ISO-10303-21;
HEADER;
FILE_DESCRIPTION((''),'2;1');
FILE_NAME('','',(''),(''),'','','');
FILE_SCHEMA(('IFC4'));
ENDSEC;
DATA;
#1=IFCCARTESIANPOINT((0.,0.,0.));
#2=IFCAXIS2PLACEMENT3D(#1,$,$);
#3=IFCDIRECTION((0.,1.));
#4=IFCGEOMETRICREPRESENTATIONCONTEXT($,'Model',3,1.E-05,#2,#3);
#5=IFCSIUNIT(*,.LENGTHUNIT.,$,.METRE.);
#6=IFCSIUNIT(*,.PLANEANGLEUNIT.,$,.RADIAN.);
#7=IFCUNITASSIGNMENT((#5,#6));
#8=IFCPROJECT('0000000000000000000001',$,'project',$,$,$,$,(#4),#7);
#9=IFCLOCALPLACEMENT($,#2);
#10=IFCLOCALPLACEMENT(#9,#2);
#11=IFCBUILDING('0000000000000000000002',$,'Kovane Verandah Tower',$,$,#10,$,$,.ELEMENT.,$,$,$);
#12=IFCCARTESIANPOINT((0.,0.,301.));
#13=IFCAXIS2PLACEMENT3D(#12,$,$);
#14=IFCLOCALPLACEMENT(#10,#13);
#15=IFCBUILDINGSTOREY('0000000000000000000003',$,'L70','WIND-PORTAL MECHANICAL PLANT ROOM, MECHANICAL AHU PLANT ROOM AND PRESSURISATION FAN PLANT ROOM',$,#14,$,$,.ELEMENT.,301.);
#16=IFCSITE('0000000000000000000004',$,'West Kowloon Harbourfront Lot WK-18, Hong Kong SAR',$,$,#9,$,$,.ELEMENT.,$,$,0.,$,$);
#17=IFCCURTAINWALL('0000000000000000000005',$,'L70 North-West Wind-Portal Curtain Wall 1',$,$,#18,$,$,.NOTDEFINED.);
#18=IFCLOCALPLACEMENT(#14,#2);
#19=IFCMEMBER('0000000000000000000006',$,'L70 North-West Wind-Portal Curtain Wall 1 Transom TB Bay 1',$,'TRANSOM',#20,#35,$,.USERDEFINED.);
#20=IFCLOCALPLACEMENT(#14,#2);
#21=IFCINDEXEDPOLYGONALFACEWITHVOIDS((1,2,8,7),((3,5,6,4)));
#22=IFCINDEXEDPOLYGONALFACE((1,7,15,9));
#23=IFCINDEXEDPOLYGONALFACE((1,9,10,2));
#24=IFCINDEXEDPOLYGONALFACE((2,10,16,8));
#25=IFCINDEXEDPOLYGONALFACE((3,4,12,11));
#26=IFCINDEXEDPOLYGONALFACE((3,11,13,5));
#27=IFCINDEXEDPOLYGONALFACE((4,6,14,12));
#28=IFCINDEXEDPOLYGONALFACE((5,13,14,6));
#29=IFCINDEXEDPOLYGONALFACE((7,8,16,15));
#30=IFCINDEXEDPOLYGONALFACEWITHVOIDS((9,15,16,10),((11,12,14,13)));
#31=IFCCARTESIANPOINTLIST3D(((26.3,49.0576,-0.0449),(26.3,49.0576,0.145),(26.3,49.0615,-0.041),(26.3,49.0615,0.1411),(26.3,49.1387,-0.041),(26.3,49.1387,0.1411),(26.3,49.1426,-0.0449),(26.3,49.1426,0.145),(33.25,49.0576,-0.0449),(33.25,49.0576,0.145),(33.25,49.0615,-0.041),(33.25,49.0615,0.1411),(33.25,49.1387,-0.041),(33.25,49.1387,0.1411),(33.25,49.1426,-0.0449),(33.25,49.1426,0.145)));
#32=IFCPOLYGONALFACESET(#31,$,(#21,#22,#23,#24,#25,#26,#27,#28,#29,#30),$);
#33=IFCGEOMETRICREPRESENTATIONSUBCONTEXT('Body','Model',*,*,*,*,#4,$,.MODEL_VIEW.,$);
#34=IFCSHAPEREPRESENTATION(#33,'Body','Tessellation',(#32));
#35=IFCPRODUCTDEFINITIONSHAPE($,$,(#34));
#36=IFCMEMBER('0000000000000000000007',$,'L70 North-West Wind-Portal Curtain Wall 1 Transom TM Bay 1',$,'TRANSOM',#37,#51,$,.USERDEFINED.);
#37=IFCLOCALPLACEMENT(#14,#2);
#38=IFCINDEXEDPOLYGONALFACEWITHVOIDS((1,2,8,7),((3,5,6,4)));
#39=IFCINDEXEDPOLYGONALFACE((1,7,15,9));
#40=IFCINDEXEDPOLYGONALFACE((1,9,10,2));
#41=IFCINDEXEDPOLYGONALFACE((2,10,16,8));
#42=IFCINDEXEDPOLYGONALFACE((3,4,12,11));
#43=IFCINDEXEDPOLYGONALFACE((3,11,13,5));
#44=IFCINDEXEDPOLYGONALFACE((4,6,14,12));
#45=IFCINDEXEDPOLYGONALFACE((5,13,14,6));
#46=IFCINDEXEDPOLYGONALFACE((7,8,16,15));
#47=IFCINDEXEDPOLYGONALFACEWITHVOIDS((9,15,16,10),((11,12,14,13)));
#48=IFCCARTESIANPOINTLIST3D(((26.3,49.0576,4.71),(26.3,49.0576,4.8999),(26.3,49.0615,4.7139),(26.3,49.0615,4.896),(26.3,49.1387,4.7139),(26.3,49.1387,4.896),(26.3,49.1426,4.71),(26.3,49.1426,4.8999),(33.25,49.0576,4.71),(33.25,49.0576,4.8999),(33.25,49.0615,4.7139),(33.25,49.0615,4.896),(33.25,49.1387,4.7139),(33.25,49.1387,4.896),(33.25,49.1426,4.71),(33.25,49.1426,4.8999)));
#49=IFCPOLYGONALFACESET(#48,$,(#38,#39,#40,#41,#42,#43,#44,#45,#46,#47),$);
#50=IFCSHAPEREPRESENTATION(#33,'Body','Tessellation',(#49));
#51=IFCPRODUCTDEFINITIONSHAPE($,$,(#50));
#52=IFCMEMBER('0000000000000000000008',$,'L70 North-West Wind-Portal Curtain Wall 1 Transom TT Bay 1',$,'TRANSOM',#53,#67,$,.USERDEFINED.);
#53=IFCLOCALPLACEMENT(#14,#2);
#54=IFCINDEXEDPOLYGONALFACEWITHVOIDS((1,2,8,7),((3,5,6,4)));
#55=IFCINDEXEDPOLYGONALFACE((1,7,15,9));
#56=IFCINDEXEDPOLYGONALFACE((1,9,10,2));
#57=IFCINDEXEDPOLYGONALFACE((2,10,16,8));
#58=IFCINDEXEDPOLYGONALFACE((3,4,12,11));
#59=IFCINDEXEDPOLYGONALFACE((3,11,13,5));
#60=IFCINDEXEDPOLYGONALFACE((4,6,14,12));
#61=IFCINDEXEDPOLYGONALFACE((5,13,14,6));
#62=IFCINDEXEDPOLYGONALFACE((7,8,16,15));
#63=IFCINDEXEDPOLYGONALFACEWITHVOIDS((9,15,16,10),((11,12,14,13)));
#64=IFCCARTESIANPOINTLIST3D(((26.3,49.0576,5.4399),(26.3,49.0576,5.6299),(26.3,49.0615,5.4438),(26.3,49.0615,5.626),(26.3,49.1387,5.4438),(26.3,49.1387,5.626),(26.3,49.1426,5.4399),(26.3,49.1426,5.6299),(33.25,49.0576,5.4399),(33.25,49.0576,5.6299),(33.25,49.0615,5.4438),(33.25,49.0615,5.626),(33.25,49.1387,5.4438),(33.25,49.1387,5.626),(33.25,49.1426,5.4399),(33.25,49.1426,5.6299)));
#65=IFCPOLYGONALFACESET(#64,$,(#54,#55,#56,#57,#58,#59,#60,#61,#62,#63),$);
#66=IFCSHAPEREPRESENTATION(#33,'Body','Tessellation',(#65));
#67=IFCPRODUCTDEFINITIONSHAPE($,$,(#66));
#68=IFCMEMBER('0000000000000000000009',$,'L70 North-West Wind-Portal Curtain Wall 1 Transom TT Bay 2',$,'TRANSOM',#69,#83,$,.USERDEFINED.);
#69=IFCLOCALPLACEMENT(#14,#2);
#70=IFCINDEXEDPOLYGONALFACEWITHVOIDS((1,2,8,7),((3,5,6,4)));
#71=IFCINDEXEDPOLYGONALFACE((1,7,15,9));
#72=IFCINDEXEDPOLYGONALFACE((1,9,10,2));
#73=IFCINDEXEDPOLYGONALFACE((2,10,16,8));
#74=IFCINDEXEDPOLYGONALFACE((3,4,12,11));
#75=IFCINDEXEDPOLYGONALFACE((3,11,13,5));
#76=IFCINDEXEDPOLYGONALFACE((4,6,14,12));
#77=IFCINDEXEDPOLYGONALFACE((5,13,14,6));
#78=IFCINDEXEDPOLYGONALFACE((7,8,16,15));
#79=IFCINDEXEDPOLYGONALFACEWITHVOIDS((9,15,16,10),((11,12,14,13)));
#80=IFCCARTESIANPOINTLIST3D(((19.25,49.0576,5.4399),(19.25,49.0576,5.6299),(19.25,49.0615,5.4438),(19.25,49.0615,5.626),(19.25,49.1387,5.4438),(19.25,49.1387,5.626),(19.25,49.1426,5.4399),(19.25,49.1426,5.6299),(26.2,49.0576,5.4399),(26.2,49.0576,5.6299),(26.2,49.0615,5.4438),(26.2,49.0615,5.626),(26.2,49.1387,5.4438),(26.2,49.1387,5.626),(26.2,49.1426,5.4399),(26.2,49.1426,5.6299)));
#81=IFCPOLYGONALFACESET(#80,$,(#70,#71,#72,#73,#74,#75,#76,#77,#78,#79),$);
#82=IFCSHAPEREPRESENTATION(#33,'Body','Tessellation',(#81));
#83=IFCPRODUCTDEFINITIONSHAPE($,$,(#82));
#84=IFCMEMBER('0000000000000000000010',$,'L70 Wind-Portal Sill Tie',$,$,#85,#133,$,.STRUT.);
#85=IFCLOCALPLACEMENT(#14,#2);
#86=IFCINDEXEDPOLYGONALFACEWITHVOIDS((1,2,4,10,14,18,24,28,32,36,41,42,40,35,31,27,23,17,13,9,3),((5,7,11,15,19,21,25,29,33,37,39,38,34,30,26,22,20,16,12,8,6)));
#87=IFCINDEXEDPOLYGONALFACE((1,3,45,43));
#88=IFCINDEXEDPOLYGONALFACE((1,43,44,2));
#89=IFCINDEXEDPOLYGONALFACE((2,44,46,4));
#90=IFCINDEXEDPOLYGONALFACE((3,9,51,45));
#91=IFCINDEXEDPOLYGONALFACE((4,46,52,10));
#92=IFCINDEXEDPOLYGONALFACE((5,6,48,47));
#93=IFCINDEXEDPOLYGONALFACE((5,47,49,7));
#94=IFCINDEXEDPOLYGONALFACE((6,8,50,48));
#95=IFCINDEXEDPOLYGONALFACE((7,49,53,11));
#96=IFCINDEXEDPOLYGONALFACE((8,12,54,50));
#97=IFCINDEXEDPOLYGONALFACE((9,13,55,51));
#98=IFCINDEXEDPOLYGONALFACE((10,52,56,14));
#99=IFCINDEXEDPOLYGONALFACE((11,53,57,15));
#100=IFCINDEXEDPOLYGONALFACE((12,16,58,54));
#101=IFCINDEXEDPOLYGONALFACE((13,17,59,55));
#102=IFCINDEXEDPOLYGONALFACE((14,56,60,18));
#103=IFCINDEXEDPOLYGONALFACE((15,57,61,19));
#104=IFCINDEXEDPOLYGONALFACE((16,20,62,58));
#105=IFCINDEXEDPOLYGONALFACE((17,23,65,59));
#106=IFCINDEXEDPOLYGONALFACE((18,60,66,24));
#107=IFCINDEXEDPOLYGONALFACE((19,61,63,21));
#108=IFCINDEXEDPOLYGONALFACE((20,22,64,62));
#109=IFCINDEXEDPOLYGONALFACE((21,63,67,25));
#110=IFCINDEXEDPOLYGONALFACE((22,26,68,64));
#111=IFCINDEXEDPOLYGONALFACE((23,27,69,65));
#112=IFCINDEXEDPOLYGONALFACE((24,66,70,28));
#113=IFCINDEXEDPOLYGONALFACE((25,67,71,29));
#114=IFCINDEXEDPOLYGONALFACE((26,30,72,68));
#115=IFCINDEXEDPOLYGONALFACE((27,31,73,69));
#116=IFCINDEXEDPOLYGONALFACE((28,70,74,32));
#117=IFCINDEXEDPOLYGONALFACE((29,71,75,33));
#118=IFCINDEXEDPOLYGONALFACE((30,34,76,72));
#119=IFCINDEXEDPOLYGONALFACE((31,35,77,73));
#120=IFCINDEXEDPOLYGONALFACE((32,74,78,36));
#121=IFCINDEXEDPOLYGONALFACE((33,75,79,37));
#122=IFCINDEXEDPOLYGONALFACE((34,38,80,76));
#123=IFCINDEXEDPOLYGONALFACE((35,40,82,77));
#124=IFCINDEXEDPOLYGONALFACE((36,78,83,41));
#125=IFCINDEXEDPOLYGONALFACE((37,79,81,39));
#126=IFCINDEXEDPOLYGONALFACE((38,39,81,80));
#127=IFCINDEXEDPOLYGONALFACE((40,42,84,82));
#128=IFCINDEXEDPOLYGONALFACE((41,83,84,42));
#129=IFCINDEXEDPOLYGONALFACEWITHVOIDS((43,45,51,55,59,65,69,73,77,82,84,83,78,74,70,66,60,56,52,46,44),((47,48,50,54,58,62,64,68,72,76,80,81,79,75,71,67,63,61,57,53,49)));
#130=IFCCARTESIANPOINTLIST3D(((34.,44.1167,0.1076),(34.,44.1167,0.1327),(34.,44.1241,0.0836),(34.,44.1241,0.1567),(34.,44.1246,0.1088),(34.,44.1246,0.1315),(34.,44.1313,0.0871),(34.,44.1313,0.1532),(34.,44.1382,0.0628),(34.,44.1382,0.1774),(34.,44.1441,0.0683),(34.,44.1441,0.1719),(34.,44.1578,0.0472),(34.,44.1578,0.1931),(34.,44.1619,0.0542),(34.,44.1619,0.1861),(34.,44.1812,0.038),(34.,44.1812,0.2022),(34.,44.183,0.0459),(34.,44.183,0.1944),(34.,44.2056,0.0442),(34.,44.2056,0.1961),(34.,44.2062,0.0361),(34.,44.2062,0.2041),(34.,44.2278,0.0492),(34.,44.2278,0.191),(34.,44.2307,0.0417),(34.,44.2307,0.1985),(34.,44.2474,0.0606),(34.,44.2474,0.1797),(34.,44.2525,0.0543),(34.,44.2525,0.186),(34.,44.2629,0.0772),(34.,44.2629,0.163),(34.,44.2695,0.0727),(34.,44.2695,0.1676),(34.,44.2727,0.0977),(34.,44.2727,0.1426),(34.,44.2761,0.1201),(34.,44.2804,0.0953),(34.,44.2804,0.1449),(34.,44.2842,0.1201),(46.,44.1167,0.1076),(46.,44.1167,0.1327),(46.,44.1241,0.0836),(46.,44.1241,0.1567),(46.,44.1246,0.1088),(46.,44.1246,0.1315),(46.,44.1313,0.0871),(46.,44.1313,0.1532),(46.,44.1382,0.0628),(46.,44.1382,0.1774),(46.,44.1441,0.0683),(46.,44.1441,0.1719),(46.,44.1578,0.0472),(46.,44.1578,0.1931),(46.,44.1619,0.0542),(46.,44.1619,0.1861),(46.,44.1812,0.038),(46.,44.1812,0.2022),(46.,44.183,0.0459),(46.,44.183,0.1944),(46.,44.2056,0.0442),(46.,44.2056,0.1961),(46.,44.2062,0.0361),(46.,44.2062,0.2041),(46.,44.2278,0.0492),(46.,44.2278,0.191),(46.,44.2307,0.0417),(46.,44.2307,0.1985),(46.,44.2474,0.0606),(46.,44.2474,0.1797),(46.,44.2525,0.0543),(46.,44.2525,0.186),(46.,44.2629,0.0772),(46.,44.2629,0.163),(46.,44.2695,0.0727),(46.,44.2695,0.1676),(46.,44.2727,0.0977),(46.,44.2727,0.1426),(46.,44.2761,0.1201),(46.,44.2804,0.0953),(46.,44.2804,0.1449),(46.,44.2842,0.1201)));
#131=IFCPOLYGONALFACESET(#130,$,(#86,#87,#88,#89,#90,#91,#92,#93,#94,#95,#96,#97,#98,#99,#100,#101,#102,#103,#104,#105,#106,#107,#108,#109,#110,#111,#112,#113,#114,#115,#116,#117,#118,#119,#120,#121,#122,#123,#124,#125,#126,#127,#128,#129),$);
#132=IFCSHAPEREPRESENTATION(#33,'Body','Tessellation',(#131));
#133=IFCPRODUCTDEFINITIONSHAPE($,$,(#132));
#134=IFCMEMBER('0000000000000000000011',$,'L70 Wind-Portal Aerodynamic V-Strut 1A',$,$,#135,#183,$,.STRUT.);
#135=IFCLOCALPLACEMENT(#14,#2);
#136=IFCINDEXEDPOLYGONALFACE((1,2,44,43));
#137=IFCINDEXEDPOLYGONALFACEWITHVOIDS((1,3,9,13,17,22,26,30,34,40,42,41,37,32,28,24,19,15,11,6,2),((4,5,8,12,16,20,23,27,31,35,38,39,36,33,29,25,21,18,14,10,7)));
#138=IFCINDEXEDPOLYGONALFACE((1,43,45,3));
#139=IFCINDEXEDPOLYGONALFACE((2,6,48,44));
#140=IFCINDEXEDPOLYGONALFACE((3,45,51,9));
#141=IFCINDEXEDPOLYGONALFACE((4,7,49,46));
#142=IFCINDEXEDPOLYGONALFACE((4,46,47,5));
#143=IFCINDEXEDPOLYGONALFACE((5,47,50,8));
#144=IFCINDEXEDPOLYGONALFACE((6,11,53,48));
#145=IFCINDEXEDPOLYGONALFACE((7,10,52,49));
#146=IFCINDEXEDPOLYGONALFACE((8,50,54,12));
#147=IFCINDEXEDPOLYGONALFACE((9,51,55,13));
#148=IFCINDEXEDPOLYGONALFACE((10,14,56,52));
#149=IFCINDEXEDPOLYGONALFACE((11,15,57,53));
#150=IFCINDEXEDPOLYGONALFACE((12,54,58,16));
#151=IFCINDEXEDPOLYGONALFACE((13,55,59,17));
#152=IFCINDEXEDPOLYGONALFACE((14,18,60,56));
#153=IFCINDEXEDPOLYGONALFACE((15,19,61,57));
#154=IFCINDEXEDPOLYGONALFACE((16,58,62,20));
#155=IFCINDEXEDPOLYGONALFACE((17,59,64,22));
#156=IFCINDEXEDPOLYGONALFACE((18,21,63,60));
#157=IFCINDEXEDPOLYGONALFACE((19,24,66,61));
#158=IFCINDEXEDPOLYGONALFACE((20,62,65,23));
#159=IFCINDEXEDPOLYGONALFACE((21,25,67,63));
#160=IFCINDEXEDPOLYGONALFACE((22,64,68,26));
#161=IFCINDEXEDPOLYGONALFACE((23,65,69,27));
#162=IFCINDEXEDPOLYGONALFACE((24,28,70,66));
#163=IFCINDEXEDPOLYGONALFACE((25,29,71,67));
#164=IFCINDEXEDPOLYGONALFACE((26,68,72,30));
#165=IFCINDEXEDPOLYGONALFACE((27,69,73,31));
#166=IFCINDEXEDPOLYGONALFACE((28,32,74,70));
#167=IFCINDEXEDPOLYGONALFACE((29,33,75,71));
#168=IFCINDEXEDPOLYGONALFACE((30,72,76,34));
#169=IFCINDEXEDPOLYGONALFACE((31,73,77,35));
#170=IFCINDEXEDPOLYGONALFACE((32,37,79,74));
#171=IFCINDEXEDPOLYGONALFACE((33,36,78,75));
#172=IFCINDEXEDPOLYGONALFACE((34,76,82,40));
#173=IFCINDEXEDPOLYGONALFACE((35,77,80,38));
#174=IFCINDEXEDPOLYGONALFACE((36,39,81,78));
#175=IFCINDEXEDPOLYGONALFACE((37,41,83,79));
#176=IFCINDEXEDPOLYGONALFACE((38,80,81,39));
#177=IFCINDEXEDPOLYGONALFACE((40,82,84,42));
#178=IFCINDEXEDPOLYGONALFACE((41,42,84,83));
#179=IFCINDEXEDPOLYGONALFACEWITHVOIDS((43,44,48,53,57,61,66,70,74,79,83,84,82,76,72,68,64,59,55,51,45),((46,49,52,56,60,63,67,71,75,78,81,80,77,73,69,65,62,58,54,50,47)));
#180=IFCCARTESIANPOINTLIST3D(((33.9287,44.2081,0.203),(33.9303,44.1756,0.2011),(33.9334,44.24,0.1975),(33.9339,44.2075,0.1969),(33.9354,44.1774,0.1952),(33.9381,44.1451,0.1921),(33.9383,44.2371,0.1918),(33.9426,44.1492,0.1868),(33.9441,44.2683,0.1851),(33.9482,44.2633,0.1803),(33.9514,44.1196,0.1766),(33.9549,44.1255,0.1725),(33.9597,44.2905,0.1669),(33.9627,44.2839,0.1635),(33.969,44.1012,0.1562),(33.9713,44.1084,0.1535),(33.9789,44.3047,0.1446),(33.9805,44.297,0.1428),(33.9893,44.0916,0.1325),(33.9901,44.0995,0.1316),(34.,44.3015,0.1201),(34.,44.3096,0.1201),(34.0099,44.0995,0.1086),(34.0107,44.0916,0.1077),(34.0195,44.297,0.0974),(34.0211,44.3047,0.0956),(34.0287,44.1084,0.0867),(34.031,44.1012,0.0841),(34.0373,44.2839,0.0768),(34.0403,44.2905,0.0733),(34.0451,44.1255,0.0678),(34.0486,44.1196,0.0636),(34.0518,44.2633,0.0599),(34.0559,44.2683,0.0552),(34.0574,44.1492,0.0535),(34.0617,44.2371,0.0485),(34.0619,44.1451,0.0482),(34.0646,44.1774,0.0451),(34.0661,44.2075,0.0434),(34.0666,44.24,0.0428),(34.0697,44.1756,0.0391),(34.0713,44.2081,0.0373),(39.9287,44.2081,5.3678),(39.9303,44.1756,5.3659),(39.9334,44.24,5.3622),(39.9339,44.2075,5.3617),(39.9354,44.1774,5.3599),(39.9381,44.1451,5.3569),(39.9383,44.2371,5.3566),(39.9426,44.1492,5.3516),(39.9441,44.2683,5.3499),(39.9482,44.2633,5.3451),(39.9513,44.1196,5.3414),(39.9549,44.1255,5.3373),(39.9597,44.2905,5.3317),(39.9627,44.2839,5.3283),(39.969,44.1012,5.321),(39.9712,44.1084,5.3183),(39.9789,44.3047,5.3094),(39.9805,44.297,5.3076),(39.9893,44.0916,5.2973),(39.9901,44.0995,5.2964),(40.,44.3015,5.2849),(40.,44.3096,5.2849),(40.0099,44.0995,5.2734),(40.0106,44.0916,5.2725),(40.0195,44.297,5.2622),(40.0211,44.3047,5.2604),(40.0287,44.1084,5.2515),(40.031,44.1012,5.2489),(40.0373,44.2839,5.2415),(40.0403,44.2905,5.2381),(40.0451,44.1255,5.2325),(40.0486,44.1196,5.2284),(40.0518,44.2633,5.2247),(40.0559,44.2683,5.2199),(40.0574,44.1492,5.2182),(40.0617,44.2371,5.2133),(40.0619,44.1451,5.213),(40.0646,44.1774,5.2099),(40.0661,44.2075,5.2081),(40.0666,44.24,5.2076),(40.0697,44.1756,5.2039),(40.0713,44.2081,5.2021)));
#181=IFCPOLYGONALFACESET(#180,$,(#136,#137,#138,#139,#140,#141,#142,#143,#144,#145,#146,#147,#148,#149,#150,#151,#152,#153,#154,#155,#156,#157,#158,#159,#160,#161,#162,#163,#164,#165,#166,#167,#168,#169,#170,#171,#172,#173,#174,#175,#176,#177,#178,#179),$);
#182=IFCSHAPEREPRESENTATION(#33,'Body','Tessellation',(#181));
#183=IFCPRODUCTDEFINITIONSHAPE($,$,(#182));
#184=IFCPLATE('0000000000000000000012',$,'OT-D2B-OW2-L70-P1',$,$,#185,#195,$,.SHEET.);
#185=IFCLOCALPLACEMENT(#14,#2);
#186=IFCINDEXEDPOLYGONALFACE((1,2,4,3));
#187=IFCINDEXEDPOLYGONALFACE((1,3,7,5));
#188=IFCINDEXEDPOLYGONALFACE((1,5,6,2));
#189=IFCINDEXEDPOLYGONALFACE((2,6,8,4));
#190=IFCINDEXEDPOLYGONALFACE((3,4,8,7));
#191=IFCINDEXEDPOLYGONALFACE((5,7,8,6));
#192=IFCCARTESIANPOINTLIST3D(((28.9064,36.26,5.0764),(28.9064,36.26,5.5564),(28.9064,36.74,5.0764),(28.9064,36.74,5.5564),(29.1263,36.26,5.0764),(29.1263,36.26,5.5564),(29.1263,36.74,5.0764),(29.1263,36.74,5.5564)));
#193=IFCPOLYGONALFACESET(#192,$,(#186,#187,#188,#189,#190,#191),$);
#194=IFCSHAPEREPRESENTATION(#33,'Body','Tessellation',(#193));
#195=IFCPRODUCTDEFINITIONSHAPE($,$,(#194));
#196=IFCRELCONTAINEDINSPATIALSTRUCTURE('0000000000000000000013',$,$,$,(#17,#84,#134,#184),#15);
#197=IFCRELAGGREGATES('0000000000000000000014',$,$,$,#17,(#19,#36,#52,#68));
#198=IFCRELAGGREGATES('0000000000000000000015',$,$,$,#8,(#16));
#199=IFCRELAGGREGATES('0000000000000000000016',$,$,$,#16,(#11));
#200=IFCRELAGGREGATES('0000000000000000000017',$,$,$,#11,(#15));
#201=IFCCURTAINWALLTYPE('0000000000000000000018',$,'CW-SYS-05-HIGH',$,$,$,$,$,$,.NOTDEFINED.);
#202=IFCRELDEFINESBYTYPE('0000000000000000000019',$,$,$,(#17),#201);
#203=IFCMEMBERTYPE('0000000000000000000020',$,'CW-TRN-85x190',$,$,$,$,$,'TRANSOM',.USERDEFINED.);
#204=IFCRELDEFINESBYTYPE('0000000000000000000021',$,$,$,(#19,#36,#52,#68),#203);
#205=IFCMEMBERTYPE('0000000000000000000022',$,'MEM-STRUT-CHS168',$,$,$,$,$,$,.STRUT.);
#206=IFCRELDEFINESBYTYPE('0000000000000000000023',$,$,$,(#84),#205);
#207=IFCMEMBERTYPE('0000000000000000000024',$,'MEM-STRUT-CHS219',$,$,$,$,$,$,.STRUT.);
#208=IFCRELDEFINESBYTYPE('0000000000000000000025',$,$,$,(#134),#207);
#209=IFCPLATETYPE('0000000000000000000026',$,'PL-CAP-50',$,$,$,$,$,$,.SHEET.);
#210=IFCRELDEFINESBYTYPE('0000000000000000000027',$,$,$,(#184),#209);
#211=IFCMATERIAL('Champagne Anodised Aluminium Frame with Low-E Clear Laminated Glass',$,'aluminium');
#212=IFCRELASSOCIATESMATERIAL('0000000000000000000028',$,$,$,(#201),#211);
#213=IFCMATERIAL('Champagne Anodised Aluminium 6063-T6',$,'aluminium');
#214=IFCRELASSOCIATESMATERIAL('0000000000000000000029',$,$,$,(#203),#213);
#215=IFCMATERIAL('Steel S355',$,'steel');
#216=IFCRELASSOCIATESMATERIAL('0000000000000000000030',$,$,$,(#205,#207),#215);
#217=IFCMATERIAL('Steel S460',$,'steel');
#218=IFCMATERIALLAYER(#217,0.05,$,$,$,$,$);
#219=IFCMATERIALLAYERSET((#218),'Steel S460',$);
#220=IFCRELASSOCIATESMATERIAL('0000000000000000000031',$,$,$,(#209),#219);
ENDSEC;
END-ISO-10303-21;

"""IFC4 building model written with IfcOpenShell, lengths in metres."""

from ifc_helpers import new_model, si_unit, direction, frame, origin, origin_2d, place, context, subcontext, project, spatial, rectangle, hollow_rectangle, hollow_circle, extrude, material, layer, layer_set, material_profile, profile_set, type_object, element, aggregate, save


model = new_model("IFC4")

# Units and contexts
model_context = context("Model", 3, precision=1e-05, world=origin(), true_north=direction((0.0, 1.0)))
body_context = subcontext(model_context, "Body", "Model", "MODEL_VIEW")
ifc_project = project(units=[si_unit("LENGTHUNIT", "METRE"), si_unit("PLANEANGLEUNIT", "RADIAN")], contexts=[model_context])

# Site, building, storey
site_placement = place(None, origin())
site = spatial("IfcSite", under=ifc_project, at=site_placement, Name="West Kowloon Harbourfront Lot WK-18, Hong Kong SAR", CompositionType="ELEMENT", RefElevation=0.0)
building_placement = place(site_placement, origin())
building = spatial("IfcBuilding", under=site, at=building_placement, Name="Kovane Verandah Tower", CompositionType="ELEMENT")
storey_placement = place(building_placement, frame((0.0, 0.0, 301.0)))
storey = spatial("IfcBuildingStorey", under=building, at=storey_placement, Name="L70", Description="WIND-PORTAL MECHANICAL PLANT ROOM, MECHANICAL AHU PLANT ROOM AND PRESSURISATION FAN PLANT ROOM", CompositionType="ELEMENT", Elevation=301.0)

# Shared definitions
ifc_material_1 = material(Name="Steel S460", Category="steel")

# Curtain wall, members
ifc_material_2 = material(Name="Champagne Anodised Aluminium Frame with Low-E Clear Laminated Glass", Category="aluminium")
curtain_wall_type = type_object("IfcCurtainWallType", Name="CW-SYS-05-HIGH", PredefinedType="NOTDEFINED", material=ifc_material_2)
curtain_wall_placement = place(storey_placement, origin())
curtain_wall = element("IfcCurtainWall", 1, at=curtain_wall_placement, inside=storey, type_object=curtain_wall_type, Name="L70 North-West Wind-Portal Curtain Wall 1", PredefinedType="NOTDEFINED")
ifc_material_3 = material(Name="Champagne Anodised Aluminium 6063-T6", Category="aluminium")
ifc_material_profile_1 = material_profile(ifc_material_3, hollow_rectangle(XDim=0.085, YDim=0.1899, WallThickness=0.0039, at=origin_2d()), Name="AL85x190x4")
ifc_profile_set_1 = profile_set([ifc_material_profile_1], Name="Champagne Anodised Aluminium 6063-T6")
member_type_1 = type_object("IfcMemberType", Name="CW-TRN-85x190", ElementType="TRANSOM", PredefinedType="USERDEFINED", material=ifc_profile_set_1)
member_1_placement = place(storey_placement, frame((33.25, 49.1001, 0.05), z_axis=(-1.0, 0.0, 0.0), x_axis=(0.0, -1.0, 0.0)))
member_1 = element("IfcMember", 2, at=member_1_placement, type_object=member_type_1, Name="L70 North-West Wind-Portal Curtain Wall 1 Transom TB Bay 1", ObjectType="TRANSOM", PredefinedType="USERDEFINED", context=body_context, shape_type="SweptSolid", body=[
    extrude(hollow_rectangle(XDim=0.085, YDim=0.1899, WallThickness=0.0039, at=origin_2d()), origin(), (0.0, 0.0, 1.0), 6.95),
])
member_2_placement = place(storey_placement, frame((33.25, 49.1001, 4.8049), z_axis=(-1.0, 0.0, 0.0), x_axis=(0.0, -1.0, 0.0)))
member_2 = element("IfcMember", 3, at=member_2_placement, type_object=member_type_1, Name="L70 North-West Wind-Portal Curtain Wall 1 Transom TM Bay 1", ObjectType="TRANSOM", PredefinedType="USERDEFINED", context=body_context, shape_type="SweptSolid", body=[
    extrude(hollow_rectangle(XDim=0.085, YDim=0.1899, WallThickness=0.0039, at=origin_2d()), origin(), (0.0, 0.0, 1.0), 6.95),
])
member_3_placement = place(storey_placement, frame((33.25, 49.1001, 5.5349), z_axis=(-1.0, 0.0, 0.0), x_axis=(0.0, -1.0, 0.0)))
member_3 = element("IfcMember", 4, at=member_3_placement, type_object=member_type_1, Name="L70 North-West Wind-Portal Curtain Wall 1 Transom TT Bay 1", ObjectType="TRANSOM", PredefinedType="USERDEFINED", context=body_context, shape_type="SweptSolid", body=[
    extrude(hollow_rectangle(XDim=0.085, YDim=0.1899, WallThickness=0.0039, at=origin_2d()), origin(), (0.0, 0.0, 1.0), 6.95),
])
member_4_placement = place(storey_placement, frame((26.2, 49.1001, 5.5349), z_axis=(-1.0, 0.0, 0.0), x_axis=(0.0, -1.0, 0.0)))
member_4 = element("IfcMember", 5, at=member_4_placement, type_object=member_type_1, Name="L70 North-West Wind-Portal Curtain Wall 1 Transom TT Bay 2", ObjectType="TRANSOM", PredefinedType="USERDEFINED", context=body_context, shape_type="SweptSolid", body=[
    extrude(hollow_rectangle(XDim=0.085, YDim=0.1899, WallThickness=0.0039, at=origin_2d()), origin(), (0.0, 0.0, 1.0), 6.95),
])

# Members
ifc_material_4 = material(Name="Steel S355", Category="steel")
ifc_material_profile_2 = material_profile(ifc_material_4, hollow_circle(Radius=0.0842, WallThickness=0.0081, at=origin_2d()), Name="CHS168.3x8")
ifc_profile_set_2 = profile_set([ifc_material_profile_2], Name="Steel S355")
member_type_2 = type_object("IfcMemberType", Name="MEM-STRUT-CHS168", PredefinedType="STRUT", material=ifc_profile_set_2)
member_5_placement = place(storey_placement, frame((34.0, 44.2, 0.1201), z_axis=(1.0, 0.0, 0.0), x_axis=(0.0, 1.0, 0.0)))
element("IfcMember", 6, at=member_5_placement, inside=storey, type_object=member_type_2, Name="L70 Wind-Portal Sill Tie", PredefinedType="STRUT", context=body_context, shape_type="SweptSolid", body=[
    extrude(hollow_circle(Radius=0.0842, WallThickness=0.0081, at=origin_2d()), origin(), (0.0, 0.0, 1.0), 12.0),
])
ifc_material_profile_3 = material_profile(ifc_material_4, hollow_circle(Radius=0.1096, WallThickness=0.0081, at=origin_2d()), Name="CHS219.1x8")
ifc_profile_set_3 = profile_set([ifc_material_profile_3], Name="Steel S355")
member_type_3 = type_object("IfcMemberType", Name="MEM-STRUT-CHS219", PredefinedType="STRUT", material=ifc_profile_set_3)
member_6_placement = place(storey_placement, frame((34.0, 44.2, 0.1201), z_axis=(0.757886, 0.0, 0.652387), x_axis=(0.0, 1.0, 0.0)))
element("IfcMember", 7, at=member_6_placement, inside=storey, type_object=member_type_3, Name="L70 Wind-Portal Aerodynamic V-Strut 1A", PredefinedType="STRUT", context=body_context, shape_type="SweptSolid", body=[
    extrude(hollow_circle(Radius=0.1096, WallThickness=0.0081, at=origin_2d()), origin(), (0.0, 0.0, 1.0), 7.9167),
])

# Plate
ifc_layer_1 = layer(ifc_material_1, 0.05)
ifc_layer_set_1 = layer_set([ifc_layer_1], Name="Steel S460")
plate_type_1 = type_object("IfcPlateType", Name="PL-CAP-50", PredefinedType="SHEET", material=ifc_layer_set_1)
plate_1_placement = place(storey_placement, frame((29.0164, 36.5, 5.0764), z_axis=(0.0, 0.0, 1.0), x_axis=(1.0, 0.0, 0.0)))
element("IfcPlate", 8, at=plate_1_placement, inside=storey, type_object=plate_type_1, Name="OT-D2B-OW2-L70-P1", PredefinedType="SHEET", context=body_context, shape_type="SweptSolid", body=[
    extrude(rectangle(XDim=0.22, YDim=0.48, at=origin_2d()), origin(), (0.0, 0.0, 1.0), 0.48),
])

aggregate(curtain_wall, [member_1, member_2, member_3, member_4])

save(model, "model.ifc")
